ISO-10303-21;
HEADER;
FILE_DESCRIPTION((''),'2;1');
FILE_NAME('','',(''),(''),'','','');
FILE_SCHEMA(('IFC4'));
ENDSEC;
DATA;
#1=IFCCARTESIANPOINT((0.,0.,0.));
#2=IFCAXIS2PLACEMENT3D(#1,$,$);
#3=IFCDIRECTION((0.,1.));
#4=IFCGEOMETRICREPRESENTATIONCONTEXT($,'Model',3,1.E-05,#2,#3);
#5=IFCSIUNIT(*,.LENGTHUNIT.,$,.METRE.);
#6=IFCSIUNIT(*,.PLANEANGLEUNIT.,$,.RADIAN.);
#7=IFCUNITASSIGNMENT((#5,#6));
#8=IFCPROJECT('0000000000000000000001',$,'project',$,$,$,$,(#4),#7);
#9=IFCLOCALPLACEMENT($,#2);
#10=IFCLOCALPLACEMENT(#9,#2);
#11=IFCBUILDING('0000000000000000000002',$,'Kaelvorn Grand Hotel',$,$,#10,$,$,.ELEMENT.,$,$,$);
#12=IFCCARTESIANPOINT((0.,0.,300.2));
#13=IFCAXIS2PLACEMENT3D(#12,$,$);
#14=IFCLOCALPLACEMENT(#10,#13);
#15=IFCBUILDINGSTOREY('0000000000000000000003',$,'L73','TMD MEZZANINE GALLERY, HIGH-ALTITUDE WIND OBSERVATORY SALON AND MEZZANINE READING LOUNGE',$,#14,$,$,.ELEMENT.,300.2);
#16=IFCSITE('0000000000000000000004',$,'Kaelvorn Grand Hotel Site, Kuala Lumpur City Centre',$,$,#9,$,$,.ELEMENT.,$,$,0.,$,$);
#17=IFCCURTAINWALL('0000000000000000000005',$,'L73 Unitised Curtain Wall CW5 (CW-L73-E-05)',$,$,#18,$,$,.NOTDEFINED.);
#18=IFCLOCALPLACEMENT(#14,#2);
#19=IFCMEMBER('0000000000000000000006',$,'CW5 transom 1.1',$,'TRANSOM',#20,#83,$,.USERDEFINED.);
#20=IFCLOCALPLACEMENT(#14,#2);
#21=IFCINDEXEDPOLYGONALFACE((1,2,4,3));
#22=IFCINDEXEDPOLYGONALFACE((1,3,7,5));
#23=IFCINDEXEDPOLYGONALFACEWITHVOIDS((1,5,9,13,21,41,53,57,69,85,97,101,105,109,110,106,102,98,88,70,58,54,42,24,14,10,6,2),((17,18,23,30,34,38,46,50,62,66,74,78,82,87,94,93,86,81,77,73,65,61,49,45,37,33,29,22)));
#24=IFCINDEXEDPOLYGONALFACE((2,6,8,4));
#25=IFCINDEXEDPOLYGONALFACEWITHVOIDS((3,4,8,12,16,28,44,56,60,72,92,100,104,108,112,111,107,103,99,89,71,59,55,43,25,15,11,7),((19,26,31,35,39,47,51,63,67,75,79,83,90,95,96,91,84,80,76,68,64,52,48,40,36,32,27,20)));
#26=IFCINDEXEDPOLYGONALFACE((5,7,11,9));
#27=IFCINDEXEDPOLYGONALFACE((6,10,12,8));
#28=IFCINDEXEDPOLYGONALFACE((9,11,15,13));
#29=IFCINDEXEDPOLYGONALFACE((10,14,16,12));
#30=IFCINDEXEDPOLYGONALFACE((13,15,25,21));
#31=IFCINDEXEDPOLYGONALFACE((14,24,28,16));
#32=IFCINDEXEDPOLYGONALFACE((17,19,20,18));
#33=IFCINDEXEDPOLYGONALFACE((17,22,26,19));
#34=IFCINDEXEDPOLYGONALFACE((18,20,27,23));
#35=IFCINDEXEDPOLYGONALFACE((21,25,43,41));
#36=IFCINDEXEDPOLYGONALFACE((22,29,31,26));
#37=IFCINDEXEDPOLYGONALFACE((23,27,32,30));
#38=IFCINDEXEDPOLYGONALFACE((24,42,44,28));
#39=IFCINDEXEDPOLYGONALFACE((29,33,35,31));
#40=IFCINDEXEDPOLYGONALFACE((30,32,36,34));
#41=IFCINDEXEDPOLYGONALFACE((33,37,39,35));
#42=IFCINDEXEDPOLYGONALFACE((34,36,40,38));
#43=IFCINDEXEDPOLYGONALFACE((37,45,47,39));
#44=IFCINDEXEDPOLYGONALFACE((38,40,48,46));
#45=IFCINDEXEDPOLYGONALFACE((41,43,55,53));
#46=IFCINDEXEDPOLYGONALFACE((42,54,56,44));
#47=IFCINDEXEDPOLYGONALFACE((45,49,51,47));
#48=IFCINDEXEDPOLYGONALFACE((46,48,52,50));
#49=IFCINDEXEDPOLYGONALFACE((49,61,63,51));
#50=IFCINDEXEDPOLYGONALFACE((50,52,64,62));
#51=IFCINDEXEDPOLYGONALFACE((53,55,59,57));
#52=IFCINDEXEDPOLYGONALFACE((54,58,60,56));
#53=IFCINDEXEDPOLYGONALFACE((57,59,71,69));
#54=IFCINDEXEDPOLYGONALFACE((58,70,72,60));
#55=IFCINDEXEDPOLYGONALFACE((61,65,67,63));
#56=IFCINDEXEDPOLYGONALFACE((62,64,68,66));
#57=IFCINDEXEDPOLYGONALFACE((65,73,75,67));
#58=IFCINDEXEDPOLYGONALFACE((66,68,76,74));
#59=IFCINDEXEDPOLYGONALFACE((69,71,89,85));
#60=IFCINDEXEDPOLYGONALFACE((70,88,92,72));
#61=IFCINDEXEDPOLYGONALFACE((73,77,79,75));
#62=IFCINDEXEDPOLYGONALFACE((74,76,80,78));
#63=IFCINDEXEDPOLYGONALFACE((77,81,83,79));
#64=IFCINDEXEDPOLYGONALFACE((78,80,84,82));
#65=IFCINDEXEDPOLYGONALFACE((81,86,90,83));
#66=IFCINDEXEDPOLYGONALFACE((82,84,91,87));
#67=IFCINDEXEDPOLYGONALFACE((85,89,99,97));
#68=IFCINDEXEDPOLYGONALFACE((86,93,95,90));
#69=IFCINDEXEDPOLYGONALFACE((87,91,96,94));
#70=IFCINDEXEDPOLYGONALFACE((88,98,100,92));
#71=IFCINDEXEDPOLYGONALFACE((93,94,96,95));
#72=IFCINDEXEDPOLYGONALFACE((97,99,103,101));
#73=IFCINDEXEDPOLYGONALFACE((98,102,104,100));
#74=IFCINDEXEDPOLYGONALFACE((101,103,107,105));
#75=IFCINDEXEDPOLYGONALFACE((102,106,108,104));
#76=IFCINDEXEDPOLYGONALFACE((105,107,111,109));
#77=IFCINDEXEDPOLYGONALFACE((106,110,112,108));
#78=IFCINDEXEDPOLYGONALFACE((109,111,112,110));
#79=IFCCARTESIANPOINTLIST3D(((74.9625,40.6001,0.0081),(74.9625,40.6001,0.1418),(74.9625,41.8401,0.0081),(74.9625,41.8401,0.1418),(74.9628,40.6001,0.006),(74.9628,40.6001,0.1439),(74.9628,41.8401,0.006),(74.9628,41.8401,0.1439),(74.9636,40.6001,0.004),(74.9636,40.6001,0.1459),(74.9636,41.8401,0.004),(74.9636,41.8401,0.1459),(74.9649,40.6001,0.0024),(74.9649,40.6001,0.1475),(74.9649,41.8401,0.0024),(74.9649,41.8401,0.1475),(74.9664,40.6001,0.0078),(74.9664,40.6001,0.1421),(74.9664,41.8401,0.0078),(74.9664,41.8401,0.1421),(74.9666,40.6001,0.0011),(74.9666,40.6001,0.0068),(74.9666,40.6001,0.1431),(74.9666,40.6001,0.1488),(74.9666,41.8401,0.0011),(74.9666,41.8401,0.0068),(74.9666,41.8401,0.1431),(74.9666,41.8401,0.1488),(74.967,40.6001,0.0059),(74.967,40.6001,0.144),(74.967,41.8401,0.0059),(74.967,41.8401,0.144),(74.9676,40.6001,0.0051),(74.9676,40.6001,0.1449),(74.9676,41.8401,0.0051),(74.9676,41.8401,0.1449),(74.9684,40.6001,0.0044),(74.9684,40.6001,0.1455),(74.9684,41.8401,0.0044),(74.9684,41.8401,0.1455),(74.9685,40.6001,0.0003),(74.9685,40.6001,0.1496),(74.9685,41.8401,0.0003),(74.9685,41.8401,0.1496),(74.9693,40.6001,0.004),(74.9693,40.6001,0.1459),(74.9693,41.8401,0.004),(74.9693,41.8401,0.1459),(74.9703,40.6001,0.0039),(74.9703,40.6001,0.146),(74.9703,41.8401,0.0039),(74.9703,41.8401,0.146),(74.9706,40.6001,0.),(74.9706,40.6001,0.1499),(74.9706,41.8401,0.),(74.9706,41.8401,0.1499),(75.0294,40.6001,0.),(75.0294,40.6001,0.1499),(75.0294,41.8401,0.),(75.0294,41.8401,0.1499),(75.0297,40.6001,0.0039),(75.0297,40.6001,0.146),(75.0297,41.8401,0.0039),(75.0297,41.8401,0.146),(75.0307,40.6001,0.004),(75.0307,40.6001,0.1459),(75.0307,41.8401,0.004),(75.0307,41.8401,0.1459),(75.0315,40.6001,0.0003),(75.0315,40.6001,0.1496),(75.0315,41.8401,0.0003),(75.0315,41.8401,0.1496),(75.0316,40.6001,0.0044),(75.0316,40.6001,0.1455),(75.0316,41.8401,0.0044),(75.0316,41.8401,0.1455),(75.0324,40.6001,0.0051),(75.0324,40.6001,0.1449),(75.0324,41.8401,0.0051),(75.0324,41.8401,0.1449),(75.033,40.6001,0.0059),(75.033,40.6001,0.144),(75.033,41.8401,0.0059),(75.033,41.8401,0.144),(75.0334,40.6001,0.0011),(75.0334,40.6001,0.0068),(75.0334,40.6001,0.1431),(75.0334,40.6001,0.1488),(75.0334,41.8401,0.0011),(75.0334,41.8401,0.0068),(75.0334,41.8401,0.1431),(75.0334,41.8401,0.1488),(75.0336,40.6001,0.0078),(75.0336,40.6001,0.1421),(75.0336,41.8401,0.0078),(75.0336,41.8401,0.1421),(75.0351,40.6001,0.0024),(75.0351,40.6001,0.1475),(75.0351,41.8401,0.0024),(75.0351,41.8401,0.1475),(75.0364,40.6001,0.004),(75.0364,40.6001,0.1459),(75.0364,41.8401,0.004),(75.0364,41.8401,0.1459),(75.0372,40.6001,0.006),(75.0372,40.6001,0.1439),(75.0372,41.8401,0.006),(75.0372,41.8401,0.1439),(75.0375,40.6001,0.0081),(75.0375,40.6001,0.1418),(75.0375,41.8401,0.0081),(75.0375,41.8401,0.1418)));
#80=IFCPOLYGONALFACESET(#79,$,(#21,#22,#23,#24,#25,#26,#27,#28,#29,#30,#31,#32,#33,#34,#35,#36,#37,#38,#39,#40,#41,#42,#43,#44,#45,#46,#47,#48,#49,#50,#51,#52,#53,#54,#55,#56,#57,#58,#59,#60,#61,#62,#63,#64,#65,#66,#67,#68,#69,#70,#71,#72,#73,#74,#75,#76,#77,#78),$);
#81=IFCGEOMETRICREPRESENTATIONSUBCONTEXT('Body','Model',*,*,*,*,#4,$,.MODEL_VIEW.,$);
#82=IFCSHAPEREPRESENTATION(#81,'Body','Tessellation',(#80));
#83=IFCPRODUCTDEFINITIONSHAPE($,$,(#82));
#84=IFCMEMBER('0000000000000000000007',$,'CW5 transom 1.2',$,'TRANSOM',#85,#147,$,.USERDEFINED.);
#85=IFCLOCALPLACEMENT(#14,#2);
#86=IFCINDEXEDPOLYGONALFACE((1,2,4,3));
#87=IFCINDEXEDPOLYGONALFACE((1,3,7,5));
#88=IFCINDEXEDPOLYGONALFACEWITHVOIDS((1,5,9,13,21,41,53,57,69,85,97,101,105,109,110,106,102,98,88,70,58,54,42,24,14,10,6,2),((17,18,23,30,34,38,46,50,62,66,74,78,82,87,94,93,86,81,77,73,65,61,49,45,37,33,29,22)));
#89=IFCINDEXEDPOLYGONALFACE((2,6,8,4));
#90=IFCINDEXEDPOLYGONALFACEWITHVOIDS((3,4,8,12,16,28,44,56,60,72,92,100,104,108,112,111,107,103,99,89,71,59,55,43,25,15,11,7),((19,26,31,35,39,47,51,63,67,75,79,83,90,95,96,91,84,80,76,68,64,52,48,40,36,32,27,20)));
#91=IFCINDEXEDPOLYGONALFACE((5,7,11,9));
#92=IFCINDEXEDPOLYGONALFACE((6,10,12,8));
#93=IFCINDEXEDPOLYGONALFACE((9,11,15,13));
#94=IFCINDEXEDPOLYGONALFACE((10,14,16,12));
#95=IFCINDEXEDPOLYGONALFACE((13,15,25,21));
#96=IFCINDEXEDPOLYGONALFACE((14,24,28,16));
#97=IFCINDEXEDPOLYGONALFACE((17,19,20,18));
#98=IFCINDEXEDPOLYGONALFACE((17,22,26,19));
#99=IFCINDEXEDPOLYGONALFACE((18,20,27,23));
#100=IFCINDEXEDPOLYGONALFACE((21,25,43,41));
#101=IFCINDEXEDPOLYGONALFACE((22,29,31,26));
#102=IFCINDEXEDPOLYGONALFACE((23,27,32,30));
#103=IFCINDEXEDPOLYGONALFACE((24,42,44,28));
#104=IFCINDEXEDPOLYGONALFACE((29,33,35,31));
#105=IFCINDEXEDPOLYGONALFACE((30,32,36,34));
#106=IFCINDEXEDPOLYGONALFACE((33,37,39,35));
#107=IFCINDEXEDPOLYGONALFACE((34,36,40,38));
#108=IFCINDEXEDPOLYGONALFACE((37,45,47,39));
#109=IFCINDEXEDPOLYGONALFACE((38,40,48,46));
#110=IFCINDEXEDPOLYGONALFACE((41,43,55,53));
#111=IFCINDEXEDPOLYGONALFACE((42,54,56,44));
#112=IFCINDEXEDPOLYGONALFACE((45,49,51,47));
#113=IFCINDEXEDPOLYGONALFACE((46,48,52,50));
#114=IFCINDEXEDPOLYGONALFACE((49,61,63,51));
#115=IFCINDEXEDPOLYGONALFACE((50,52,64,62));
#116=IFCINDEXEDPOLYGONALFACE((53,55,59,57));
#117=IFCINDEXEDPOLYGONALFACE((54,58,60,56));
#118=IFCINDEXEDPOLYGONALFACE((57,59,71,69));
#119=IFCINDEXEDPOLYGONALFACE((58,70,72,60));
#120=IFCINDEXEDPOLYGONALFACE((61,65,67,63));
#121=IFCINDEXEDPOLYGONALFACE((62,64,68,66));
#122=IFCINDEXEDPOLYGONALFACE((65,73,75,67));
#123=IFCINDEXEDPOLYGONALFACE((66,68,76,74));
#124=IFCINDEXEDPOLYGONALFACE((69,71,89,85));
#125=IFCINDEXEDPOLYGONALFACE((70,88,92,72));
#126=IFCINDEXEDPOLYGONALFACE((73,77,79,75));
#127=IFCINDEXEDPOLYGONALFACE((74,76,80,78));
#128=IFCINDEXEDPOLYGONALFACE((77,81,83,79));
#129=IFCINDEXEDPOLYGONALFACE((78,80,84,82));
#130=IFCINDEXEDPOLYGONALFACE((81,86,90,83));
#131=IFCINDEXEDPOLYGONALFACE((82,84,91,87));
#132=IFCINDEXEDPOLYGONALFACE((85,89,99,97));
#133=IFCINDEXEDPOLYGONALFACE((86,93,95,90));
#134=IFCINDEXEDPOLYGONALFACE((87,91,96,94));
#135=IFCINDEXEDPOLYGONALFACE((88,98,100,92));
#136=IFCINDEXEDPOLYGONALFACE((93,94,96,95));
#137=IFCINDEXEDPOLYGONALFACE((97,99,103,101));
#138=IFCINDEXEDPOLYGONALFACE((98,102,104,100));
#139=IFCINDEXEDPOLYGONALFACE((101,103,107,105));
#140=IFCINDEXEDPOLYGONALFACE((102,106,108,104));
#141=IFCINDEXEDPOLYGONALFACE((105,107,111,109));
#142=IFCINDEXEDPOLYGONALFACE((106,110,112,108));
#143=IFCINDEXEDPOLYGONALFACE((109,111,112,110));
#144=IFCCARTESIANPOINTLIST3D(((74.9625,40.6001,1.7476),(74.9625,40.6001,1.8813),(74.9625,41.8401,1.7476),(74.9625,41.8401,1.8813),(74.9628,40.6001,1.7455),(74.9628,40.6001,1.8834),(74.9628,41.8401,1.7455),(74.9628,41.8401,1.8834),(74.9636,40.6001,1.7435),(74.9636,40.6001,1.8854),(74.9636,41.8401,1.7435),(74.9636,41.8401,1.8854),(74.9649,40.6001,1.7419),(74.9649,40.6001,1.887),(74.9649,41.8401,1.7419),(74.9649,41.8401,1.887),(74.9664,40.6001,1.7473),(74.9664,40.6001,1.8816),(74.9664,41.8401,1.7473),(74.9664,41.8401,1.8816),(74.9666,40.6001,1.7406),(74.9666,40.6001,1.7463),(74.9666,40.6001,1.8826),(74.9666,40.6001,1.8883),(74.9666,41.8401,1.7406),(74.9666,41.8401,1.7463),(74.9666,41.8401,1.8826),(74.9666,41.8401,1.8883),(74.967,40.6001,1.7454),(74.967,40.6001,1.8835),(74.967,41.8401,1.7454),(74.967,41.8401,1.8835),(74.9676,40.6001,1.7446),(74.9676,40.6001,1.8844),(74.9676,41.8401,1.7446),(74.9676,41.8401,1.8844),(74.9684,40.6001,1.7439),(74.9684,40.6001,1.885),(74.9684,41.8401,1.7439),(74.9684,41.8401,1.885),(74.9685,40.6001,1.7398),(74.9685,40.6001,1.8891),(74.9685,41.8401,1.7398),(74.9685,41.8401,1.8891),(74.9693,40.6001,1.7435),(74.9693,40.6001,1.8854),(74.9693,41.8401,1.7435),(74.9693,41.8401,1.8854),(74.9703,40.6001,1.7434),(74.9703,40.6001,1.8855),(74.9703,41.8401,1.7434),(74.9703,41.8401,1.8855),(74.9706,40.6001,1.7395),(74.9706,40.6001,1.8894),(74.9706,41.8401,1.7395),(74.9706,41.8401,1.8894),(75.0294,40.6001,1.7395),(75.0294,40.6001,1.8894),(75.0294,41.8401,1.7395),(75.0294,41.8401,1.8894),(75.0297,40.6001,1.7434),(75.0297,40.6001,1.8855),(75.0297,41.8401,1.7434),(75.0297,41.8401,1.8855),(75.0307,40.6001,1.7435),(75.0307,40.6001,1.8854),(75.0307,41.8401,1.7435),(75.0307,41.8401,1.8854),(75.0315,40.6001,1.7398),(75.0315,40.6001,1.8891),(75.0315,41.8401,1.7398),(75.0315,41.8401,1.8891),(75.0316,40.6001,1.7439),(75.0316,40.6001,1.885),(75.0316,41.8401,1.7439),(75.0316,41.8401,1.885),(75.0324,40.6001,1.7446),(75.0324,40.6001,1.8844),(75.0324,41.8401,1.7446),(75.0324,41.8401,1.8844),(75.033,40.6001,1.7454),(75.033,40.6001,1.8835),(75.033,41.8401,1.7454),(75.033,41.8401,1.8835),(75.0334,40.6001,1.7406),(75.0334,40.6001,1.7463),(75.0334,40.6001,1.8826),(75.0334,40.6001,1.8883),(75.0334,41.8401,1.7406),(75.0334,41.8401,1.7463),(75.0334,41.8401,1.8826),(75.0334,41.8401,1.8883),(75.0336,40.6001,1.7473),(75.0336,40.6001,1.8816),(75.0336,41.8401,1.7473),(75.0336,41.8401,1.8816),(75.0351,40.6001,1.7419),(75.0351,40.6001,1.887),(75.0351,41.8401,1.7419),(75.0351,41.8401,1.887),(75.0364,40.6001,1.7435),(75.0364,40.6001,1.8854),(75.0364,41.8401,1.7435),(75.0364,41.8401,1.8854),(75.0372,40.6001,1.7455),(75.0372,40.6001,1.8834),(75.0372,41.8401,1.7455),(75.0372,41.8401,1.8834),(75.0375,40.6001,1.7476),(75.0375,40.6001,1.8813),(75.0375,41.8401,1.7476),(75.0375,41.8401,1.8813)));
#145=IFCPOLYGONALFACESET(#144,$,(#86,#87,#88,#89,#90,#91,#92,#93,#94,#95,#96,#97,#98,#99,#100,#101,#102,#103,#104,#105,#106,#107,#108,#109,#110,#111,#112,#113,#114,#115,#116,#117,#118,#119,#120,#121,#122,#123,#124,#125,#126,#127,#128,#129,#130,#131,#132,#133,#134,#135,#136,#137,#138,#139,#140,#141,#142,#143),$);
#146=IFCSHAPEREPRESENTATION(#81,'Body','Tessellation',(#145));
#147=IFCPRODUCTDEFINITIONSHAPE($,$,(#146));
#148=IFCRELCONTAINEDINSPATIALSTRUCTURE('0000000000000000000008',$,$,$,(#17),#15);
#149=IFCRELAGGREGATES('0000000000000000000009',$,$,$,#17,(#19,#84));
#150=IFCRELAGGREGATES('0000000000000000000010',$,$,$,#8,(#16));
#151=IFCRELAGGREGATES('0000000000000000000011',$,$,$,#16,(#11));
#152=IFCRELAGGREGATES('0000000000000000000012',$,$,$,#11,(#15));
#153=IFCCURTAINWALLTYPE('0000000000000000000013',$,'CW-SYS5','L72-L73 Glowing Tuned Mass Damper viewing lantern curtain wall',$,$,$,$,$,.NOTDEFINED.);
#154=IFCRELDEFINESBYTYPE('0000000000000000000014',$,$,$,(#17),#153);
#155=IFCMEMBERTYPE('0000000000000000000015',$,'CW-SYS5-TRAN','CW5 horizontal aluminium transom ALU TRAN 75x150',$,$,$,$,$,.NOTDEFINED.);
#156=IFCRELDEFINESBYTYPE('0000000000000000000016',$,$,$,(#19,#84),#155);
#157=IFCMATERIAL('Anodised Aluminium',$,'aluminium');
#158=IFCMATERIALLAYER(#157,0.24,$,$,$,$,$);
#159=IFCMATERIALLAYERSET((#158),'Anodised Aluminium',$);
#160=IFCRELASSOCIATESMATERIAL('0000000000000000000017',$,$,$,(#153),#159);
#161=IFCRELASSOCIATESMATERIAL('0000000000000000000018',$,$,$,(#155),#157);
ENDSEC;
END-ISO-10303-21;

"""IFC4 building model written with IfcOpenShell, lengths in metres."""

from ifc_helpers import new_model, si_unit, direction, frame, origin, origin_2d, place, context, subcontext, project, spatial, hollow_rectangle, extrude, material, layer, layer_set, material_profile, profile_set, type_object, element, aggregate, save


model = new_model("IFC4")

# Units and contexts
model_context = context("Model", 3, precision=1e-05, world=origin(), true_north=direction((0.0, 1.0)))
body_context = subcontext(model_context, "Body", "Model", "MODEL_VIEW")
ifc_project = project(units=[si_unit("LENGTHUNIT", "METRE"), si_unit("PLANEANGLEUNIT", "RADIAN")], contexts=[model_context])

# Site, building, storey
site_placement = place(None, origin())
site = spatial("IfcSite", under=ifc_project, at=site_placement, Name="Kaelvorn Grand Hotel Site, Kuala Lumpur City Centre", CompositionType="ELEMENT", RefElevation=0.0)
building_placement = place(site_placement, origin())
building = spatial("IfcBuilding", under=site, at=building_placement, Name="Kaelvorn Grand Hotel", CompositionType="ELEMENT")
storey_placement = place(building_placement, frame((0.0, 0.0, 300.2)))
storey = spatial("IfcBuildingStorey", under=building, at=storey_placement, Name="L73", Description="TMD MEZZANINE GALLERY, HIGH-ALTITUDE WIND OBSERVATORY SALON AND MEZZANINE READING LOUNGE", CompositionType="ELEMENT", Elevation=300.2)

# Curtain wall, members
ifc_material_1 = material(Name="Anodised Aluminium", Category="aluminium")
ifc_layer_1 = layer(ifc_material_1, 0.24)
ifc_layer_set_1 = layer_set([ifc_layer_1], Name="Anodised Aluminium")
curtain_wall_type = type_object("IfcCurtainWallType", Name="CW-SYS5", Description="L72-L73 Glowing Tuned Mass Damper viewing lantern curtain wall", PredefinedType="NOTDEFINED", material=ifc_layer_set_1)
curtain_wall_placement = place(storey_placement, origin())
curtain_wall = element("IfcCurtainWall", 1, at=curtain_wall_placement, inside=storey, type_object=curtain_wall_type, Name="L73 Unitised Curtain Wall CW5 (CW-L73-E-05)", PredefinedType="NOTDEFINED")
ifc_material_profile_1 = material_profile(ifc_material_1, hollow_rectangle(XDim=0.075, YDim=0.1499, WallThickness=0.0039, InnerFilletRadius=0.0039, OuterFilletRadius=0.0081, at=origin_2d()), Name="ALU TRAN 75x150")
ifc_profile_set_1 = profile_set([ifc_material_profile_1], Name="Anodised Aluminium")
member_type_1 = type_object("IfcMemberType", Name="CW-SYS5-TRAN", Description="CW5 horizontal aluminium transom ALU TRAN 75x150", PredefinedType="NOTDEFINED", material=ifc_profile_set_1)
member_1_placement = place(storey_placement, frame((75.0, 40.6001, 0.075), z_axis=(0.0, 1.0, 0.0), x_axis=(-1.0, 0.0, 0.0)))
member_1 = element("IfcMember", 2, at=member_1_placement, type_object=member_type_1, Name="CW5 transom 1.1", ObjectType="TRANSOM", PredefinedType="USERDEFINED", context=body_context, shape_type="SweptSolid", body=[
    extrude(hollow_rectangle(XDim=0.075, YDim=0.1499, WallThickness=0.0039, InnerFilletRadius=0.0039, OuterFilletRadius=0.0081, at=origin_2d()), origin(), (0.0, 0.0, 1.0), 1.24),
])
member_2_placement = place(storey_placement, frame((75.0, 40.6001, 1.8145), z_axis=(0.0, 1.0, 0.0), x_axis=(-1.0, 0.0, 0.0)))
member_2 = element("IfcMember", 3, at=member_2_placement, type_object=member_type_1, Name="CW5 transom 1.2", ObjectType="TRANSOM", PredefinedType="USERDEFINED", context=body_context, shape_type="SweptSolid", body=[
    extrude(hollow_rectangle(XDim=0.075, YDim=0.1499, WallThickness=0.0039, InnerFilletRadius=0.0039, OuterFilletRadius=0.0081, at=origin_2d()), origin(), (0.0, 0.0, 1.0), 1.24),
])
aggregate(curtain_wall, [member_1, member_2])

save(model, "model.ifc")
